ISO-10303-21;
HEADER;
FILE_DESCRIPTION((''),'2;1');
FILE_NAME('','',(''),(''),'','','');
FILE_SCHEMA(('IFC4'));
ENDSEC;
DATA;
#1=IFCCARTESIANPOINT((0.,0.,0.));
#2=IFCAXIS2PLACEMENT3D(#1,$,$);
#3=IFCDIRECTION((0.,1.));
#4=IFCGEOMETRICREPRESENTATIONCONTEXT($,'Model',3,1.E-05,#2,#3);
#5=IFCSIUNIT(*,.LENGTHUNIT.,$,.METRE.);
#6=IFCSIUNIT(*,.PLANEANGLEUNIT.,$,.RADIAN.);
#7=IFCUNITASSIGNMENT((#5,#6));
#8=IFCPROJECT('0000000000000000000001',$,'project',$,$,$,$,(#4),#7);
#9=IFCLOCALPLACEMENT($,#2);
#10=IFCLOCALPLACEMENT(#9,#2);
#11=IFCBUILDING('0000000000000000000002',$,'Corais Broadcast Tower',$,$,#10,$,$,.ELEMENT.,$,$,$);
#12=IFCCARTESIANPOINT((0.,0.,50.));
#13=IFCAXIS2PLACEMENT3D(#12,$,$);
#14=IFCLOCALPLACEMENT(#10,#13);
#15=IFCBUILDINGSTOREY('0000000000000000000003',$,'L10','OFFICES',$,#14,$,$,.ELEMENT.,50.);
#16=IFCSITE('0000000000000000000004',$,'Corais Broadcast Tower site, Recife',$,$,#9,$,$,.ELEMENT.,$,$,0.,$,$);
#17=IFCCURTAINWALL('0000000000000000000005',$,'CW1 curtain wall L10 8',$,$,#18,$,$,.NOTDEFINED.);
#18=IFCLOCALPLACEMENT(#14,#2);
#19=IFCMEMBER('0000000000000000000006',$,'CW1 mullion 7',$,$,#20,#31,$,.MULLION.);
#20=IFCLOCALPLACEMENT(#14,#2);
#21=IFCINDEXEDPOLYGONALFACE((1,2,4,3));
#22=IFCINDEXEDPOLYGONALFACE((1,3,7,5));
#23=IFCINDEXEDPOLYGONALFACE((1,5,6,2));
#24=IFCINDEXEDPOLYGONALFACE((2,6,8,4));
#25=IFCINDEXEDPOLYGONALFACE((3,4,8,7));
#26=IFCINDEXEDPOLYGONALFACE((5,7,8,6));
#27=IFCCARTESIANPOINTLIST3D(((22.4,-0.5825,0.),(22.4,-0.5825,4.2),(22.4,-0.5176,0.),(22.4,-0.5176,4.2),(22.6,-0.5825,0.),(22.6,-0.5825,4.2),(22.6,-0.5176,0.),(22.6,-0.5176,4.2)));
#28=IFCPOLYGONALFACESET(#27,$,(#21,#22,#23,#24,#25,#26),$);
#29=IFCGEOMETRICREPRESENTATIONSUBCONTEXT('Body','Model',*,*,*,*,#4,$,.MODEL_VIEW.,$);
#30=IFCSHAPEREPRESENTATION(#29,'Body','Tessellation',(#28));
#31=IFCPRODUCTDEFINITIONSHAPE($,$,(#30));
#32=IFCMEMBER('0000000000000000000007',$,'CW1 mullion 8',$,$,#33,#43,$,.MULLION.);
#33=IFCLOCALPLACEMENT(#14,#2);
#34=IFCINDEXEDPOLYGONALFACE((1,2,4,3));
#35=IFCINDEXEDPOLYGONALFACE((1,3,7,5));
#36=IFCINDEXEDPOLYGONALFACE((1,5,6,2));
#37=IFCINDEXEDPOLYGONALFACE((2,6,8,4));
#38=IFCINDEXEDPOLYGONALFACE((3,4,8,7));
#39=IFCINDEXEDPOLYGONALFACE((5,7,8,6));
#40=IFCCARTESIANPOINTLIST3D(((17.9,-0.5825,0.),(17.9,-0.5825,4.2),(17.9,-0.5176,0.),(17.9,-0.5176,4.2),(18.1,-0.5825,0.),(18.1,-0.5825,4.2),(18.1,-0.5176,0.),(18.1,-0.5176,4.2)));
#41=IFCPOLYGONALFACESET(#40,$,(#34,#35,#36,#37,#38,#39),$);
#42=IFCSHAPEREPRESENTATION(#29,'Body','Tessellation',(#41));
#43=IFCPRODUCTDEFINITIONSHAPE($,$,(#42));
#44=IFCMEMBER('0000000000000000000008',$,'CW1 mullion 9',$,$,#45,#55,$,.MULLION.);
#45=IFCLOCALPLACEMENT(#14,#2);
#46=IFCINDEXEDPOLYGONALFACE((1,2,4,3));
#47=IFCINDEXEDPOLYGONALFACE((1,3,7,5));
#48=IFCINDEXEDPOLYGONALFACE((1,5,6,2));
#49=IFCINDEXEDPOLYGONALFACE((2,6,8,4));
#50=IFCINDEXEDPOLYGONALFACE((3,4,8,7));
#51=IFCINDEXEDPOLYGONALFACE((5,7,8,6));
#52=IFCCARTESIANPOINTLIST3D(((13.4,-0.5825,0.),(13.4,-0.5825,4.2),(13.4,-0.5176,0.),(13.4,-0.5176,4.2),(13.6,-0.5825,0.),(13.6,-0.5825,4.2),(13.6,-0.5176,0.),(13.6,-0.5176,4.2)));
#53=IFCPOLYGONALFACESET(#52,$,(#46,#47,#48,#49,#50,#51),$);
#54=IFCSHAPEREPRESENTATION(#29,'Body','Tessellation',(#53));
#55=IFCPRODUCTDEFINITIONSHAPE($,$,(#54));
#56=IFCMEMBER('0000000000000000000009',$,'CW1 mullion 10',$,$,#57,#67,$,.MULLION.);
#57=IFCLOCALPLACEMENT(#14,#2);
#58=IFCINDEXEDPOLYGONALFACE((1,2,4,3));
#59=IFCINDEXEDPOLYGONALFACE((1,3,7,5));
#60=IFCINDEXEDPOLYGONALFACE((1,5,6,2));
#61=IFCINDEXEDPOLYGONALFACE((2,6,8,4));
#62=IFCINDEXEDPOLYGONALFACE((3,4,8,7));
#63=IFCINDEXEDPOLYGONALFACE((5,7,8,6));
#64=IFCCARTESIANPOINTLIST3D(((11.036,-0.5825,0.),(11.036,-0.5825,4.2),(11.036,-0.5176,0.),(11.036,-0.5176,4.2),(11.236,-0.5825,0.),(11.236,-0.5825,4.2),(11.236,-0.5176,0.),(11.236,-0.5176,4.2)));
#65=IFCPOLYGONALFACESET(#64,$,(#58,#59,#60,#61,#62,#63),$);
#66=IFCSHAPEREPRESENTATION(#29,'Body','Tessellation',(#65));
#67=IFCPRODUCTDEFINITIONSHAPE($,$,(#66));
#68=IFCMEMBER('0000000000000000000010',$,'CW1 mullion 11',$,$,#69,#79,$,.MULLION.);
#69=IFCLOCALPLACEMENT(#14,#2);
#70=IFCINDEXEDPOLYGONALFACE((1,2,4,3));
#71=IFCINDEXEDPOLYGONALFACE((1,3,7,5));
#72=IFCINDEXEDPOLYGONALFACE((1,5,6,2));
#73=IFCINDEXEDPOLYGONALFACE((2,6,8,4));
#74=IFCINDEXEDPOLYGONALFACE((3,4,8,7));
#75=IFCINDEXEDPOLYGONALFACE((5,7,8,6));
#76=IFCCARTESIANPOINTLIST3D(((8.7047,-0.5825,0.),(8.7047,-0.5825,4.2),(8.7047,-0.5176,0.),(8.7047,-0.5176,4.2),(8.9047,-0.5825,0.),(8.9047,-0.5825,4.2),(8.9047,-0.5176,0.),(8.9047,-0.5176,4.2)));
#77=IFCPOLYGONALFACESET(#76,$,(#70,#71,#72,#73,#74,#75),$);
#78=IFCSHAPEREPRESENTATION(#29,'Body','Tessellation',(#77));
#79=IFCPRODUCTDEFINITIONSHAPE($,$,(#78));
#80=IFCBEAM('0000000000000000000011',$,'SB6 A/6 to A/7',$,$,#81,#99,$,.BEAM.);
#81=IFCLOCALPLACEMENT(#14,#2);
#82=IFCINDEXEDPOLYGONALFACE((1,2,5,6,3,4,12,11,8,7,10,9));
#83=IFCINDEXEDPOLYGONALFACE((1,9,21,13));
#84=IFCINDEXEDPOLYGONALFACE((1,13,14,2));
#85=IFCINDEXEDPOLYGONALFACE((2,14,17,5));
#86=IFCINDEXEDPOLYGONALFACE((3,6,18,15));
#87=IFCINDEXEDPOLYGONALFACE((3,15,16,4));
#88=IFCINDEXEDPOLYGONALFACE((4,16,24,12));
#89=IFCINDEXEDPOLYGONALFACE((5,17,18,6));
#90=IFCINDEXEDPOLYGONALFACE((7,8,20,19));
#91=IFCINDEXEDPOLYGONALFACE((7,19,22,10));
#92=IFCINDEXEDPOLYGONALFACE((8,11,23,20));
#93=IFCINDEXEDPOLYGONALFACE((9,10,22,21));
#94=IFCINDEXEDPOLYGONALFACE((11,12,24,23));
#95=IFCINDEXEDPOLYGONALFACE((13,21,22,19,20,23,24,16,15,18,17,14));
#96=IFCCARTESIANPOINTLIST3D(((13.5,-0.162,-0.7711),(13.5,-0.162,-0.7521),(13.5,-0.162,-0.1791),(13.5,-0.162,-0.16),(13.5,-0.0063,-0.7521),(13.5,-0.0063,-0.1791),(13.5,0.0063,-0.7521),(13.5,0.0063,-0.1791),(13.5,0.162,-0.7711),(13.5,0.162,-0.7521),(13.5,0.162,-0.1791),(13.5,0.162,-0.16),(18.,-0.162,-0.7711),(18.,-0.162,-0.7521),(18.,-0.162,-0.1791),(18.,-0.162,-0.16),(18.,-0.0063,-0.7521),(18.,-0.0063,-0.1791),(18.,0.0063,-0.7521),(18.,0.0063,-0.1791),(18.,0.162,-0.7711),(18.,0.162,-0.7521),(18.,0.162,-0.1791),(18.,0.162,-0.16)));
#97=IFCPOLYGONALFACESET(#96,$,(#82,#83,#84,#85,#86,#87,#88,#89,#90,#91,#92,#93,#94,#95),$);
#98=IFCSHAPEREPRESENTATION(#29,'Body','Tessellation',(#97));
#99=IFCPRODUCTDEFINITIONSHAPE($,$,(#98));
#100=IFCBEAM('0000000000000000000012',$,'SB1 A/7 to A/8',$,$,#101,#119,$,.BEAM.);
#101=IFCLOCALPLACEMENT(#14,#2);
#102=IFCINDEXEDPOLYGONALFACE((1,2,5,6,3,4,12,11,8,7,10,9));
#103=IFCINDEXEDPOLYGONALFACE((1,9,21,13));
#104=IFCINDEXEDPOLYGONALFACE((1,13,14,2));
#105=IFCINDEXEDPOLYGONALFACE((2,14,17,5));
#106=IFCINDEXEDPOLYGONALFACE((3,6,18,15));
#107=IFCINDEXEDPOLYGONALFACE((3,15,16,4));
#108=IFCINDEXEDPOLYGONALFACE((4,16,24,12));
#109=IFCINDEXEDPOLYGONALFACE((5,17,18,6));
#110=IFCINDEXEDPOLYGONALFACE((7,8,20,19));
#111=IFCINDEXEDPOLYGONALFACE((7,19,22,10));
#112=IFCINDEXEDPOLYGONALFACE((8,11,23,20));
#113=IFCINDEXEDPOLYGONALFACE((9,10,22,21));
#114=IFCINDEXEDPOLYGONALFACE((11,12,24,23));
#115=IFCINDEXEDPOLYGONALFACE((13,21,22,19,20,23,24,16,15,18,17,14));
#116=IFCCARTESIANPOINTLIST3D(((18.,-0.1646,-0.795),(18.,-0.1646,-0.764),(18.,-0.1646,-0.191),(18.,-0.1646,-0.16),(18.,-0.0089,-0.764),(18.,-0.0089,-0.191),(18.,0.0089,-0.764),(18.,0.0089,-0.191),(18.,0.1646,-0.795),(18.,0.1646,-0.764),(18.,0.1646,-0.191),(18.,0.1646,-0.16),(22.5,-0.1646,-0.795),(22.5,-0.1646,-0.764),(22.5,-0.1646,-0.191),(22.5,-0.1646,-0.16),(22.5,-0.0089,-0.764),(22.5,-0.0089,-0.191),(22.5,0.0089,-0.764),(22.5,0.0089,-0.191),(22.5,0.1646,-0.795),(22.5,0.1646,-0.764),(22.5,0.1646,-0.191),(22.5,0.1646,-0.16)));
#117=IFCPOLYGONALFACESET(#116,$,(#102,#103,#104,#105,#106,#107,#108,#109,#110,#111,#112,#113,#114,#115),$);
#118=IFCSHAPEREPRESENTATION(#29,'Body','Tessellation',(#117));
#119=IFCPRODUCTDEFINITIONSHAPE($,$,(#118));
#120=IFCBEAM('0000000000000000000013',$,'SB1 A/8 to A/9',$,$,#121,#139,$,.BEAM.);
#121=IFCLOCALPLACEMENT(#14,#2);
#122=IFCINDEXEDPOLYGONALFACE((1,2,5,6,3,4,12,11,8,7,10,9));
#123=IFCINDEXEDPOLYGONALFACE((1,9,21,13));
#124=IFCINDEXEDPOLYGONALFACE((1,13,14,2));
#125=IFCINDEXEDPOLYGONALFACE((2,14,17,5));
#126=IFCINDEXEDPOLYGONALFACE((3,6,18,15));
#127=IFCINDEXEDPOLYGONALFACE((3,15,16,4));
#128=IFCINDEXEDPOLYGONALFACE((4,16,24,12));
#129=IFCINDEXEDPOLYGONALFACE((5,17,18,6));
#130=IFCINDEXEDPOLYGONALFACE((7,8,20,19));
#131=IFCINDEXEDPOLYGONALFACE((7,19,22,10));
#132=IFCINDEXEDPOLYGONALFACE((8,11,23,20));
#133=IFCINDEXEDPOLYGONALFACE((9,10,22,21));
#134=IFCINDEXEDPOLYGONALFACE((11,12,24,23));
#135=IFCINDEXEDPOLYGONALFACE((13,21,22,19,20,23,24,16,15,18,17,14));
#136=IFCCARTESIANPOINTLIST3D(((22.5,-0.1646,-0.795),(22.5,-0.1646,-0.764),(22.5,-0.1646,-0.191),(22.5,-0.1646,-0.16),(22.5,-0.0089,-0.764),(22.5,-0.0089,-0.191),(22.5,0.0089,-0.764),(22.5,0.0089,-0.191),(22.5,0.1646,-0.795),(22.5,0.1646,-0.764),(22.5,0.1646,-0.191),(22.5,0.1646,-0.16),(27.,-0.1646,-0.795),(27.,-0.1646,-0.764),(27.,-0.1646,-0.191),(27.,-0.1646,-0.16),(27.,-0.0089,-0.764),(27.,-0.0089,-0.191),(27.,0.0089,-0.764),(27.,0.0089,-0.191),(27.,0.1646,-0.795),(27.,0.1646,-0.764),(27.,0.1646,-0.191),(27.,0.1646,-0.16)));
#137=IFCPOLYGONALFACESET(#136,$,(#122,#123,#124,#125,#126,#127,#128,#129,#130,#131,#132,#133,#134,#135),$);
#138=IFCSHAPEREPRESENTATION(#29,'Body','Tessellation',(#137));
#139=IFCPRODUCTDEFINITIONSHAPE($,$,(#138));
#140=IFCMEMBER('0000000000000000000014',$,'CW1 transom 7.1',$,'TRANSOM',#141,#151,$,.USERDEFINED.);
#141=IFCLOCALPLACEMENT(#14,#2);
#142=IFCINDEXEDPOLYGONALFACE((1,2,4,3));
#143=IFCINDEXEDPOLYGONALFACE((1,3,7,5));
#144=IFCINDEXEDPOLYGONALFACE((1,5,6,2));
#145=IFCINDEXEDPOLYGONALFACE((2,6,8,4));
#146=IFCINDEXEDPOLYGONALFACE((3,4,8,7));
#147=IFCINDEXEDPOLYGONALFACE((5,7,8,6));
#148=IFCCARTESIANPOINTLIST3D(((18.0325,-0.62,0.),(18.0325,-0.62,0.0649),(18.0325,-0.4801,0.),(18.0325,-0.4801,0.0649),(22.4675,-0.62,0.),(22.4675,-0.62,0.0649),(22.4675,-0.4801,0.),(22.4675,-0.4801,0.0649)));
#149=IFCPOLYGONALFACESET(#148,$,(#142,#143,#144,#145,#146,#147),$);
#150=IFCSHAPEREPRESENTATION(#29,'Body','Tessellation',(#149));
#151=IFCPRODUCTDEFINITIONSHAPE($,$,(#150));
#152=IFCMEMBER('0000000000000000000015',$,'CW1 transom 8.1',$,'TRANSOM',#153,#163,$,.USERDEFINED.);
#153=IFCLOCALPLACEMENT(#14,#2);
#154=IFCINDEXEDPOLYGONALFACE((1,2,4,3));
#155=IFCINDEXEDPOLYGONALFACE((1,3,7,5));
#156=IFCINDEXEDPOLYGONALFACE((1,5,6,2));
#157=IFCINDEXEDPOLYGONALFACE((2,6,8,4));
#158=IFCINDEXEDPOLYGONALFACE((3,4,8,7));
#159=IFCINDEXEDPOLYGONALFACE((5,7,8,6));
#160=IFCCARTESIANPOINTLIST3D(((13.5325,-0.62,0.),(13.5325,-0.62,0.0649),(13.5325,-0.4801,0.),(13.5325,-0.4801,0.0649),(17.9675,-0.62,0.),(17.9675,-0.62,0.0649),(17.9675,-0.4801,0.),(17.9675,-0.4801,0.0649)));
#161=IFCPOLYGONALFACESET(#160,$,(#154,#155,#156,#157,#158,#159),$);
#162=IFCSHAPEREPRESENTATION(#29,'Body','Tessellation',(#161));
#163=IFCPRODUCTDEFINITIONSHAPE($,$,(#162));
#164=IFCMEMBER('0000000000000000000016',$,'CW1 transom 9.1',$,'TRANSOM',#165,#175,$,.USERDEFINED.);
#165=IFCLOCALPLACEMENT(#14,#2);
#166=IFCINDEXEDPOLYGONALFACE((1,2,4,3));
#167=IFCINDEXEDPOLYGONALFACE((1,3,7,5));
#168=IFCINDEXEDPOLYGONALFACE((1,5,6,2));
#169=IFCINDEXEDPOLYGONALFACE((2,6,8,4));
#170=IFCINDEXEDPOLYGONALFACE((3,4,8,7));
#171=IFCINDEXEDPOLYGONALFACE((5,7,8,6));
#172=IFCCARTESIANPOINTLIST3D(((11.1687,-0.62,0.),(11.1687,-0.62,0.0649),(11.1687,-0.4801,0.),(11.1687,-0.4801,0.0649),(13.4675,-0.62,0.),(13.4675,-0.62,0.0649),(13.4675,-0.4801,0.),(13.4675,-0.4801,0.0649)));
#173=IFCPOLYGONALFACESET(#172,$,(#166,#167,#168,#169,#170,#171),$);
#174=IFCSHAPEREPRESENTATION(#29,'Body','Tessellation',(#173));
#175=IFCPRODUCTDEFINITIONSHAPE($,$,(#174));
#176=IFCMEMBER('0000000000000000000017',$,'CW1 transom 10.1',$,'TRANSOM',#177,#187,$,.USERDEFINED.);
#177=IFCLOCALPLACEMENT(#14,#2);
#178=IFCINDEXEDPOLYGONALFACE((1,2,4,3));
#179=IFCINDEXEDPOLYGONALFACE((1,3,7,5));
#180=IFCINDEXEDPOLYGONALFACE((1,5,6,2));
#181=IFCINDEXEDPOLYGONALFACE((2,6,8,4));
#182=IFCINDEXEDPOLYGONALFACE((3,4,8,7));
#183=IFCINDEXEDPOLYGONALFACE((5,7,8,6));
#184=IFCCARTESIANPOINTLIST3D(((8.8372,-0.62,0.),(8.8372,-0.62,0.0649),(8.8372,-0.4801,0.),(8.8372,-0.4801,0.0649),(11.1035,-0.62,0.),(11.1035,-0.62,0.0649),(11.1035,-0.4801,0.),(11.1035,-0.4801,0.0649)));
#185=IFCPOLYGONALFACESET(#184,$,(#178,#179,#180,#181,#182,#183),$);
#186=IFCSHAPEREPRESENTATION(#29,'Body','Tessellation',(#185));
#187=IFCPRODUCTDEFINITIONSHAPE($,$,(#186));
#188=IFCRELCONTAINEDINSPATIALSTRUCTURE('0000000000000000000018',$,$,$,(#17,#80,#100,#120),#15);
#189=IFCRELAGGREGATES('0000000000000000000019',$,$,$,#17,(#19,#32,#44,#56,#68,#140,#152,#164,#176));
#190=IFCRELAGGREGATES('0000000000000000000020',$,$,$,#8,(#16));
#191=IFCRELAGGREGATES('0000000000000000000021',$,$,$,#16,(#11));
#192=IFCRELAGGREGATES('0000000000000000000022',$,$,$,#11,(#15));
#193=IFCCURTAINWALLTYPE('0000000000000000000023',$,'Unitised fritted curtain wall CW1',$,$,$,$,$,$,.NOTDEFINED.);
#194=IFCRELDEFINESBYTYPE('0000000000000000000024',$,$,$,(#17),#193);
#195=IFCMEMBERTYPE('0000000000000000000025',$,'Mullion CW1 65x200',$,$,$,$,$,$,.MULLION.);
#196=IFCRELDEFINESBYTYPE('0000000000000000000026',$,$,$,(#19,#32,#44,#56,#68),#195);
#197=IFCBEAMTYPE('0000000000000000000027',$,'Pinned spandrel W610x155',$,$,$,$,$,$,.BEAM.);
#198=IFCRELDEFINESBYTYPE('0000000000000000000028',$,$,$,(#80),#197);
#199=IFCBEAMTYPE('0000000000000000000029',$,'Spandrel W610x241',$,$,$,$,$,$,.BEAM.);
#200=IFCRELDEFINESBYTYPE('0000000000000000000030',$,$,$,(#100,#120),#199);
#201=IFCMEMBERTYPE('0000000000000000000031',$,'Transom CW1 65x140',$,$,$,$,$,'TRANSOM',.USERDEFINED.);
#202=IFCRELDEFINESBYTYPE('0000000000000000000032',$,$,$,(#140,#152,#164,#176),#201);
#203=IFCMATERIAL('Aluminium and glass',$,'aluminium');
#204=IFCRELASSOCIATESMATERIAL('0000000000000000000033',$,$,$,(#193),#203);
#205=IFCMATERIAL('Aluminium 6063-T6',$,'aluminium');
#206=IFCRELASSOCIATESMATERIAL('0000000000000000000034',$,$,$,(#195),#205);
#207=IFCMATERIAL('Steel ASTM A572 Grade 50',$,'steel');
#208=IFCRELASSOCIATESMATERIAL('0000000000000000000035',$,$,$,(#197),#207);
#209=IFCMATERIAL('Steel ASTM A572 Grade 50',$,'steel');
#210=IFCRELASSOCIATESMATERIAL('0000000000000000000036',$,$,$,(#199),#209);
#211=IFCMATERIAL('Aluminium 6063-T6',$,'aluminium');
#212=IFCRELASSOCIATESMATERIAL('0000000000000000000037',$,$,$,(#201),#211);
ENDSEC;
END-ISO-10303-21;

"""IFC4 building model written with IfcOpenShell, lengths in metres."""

from ifc_helpers import new_model, si_unit, direction, frame, origin, origin_2d, place, context, subcontext, project, spatial, rectangle, i_section, extrude, material, material_profile, profile_set, type_object, element, aggregate, save


model = new_model("IFC4")

# Units and contexts
model_context = context("Model", 3, precision=1e-05, world=origin(), true_north=direction((0.0, 1.0)))
body_context = subcontext(model_context, "Body", "Model", "MODEL_VIEW")
ifc_project = project(units=[si_unit("LENGTHUNIT", "METRE"), si_unit("PLANEANGLEUNIT", "RADIAN")], contexts=[model_context])

# Site, building, storey
site_placement = place(None, origin())
site = spatial("IfcSite", under=ifc_project, at=site_placement, Name="Corais Broadcast Tower site, Recife", CompositionType="ELEMENT", RefElevation=0.0)
building_placement = place(site_placement, origin())
building = spatial("IfcBuilding", under=site, at=building_placement, Name="Corais Broadcast Tower", CompositionType="ELEMENT")
storey_placement = place(building_placement, frame((0.0, 0.0, 50.0)))
storey = spatial("IfcBuildingStorey", under=building, at=storey_placement, Name="L10", Description="OFFICES", CompositionType="ELEMENT", Elevation=50.0)

# Curtain wall, members
ifc_material_1 = material(Name="Aluminium and glass", Category="aluminium")
curtain_wall_type = type_object("IfcCurtainWallType", Name="Unitised fritted curtain wall CW1", PredefinedType="NOTDEFINED", material=ifc_material_1)
curtain_wall_placement = place(storey_placement, origin())
curtain_wall = element("IfcCurtainWall", 1, at=curtain_wall_placement, inside=storey, type_object=curtain_wall_type, Name="CW1 curtain wall L10 8", PredefinedType="NOTDEFINED")
ifc_material_2 = material(Name="Aluminium 6063-T6", Category="aluminium")
ifc_material_profile_1 = material_profile(ifc_material_2, rectangle(XDim=0.0649, YDim=0.2, at=origin_2d()), Name="Mullion CW1 65x200")
ifc_profile_set_1 = profile_set([ifc_material_profile_1], Name="Aluminium 6063-T6")
member_type_1 = type_object("IfcMemberType", Name="Mullion CW1 65x200", PredefinedType="MULLION", material=ifc_profile_set_1)
member_1_placement = place(storey_placement, frame((22.5, -0.55, 0.0), z_axis=(0.0, 0.0, 1.0), x_axis=(0.0, -1.0, 0.0)))
member_1 = element("IfcMember", 2, at=member_1_placement, type_object=member_type_1, Name="CW1 mullion 7", PredefinedType="MULLION", context=body_context, shape_type="SweptSolid", body=[
    extrude(rectangle(XDim=0.0649, YDim=0.2, at=origin_2d()), origin(), (0.0, 0.0, 1.0), 4.2),
])
member_2_placement = place(storey_placement, frame((18.0, -0.55, 0.0), z_axis=(0.0, 0.0, 1.0), x_axis=(0.0, -1.0, 0.0)))
member_2 = element("IfcMember", 3, at=member_2_placement, type_object=member_type_1, Name="CW1 mullion 8", PredefinedType="MULLION", context=body_context, shape_type="SweptSolid", body=[
    extrude(rectangle(XDim=0.0649, YDim=0.2, at=origin_2d()), origin(), (0.0, 0.0, 1.0), 4.2),
])
member_3_placement = place(storey_placement, frame((13.5, -0.55, 0.0), z_axis=(0.0, 0.0, 1.0), x_axis=(0.0, -1.0, 0.0)))
member_3 = element("IfcMember", 4, at=member_3_placement, type_object=member_type_1, Name="CW1 mullion 9", PredefinedType="MULLION", context=body_context, shape_type="SweptSolid", body=[
    extrude(rectangle(XDim=0.0649, YDim=0.2, at=origin_2d()), origin(), (0.0, 0.0, 1.0), 4.2),
])
member_4_placement = place(storey_placement, frame((11.136, -0.55, 0.0), z_axis=(0.0, 0.0, 1.0), x_axis=(0.0, -1.0, 0.0)))
member_4 = element("IfcMember", 5, at=member_4_placement, type_object=member_type_1, Name="CW1 mullion 10", PredefinedType="MULLION", context=body_context, shape_type="SweptSolid", body=[
    extrude(rectangle(XDim=0.0649, YDim=0.2, at=origin_2d()), origin(), (0.0, 0.0, 1.0), 4.2),
])
member_5_placement = place(storey_placement, frame((8.8047, -0.55, 0.0), z_axis=(0.0, 0.0, 1.0), x_axis=(0.0, -1.0, 0.0)))
member_5 = element("IfcMember", 6, at=member_5_placement, type_object=member_type_1, Name="CW1 mullion 11", PredefinedType="MULLION", context=body_context, shape_type="SweptSolid", body=[
    extrude(rectangle(XDim=0.0649, YDim=0.2, at=origin_2d()), origin(), (0.0, 0.0, 1.0), 4.2),
])

# Beams
ifc_material_3 = material(Name="Steel ASTM A572 Grade 50", Category="steel")
ifc_material_profile_2 = material_profile(ifc_material_3, i_section(OverallWidth=0.324, OverallDepth=0.6111, WebThickness=0.0127, FlangeThickness=0.019, at=origin_2d()), Name="W610x155")
ifc_profile_set_2 = profile_set([ifc_material_profile_2], Name="Steel ASTM A572 Grade 50")
beam_type_1 = type_object("IfcBeamType", Name="Pinned spandrel W610x155", PredefinedType="BEAM", material=ifc_profile_set_2)
beam_1_placement = place(storey_placement, frame((13.5, 0.0, -0.4656), z_axis=(1.0, 0.0, 0.0), x_axis=(0.0, 1.0, 0.0)))
element("IfcBeam", 7, at=beam_1_placement, inside=storey, type_object=beam_type_1, Name="SB6 A/6 to A/7", PredefinedType="BEAM", context=body_context, shape_type="SweptSolid", body=[
    extrude(i_section(OverallWidth=0.324, OverallDepth=0.6111, WebThickness=0.0127, FlangeThickness=0.019, at=origin_2d()), origin(), (0.0, 0.0, 1.0), 4.5),
])
ifc_material_4 = material(Name="Steel ASTM A572 Grade 50", Category="steel")
ifc_material_profile_3 = material_profile(ifc_material_4, i_section(OverallWidth=0.3291, OverallDepth=0.635, WebThickness=0.0178, FlangeThickness=0.031, at=origin_2d()), Name="W610x241")
ifc_profile_set_3 = profile_set([ifc_material_profile_3], Name="Steel ASTM A572 Grade 50")
beam_type_2 = type_object("IfcBeamType", Name="Spandrel W610x241", PredefinedType="BEAM", material=ifc_profile_set_3)
for number, where, z_axis, x_axis, name in (
    (8, (18.0, 0.0, -0.4775), (1.0, 0.0, 0.0), (0.0, 1.0, 0.0), "SB1 A/7 to A/8"),
    (9, (22.5, 0.0, -0.4775), (1.0, 0.0, 0.0), (0.0, 1.0, 0.0), "SB1 A/8 to A/9"),
):
    element("IfcBeam", number, at=place(storey_placement, frame(where, z_axis=z_axis, x_axis=x_axis)), inside=storey, type_object=beam_type_2, Name=name, PredefinedType="BEAM", context=body_context, shape_type="SweptSolid", body=[
        extrude(i_section(OverallWidth=0.3291, OverallDepth=0.635, WebThickness=0.0178, FlangeThickness=0.031, at=origin_2d()), origin(), (0.0, 0.0, 1.0), 4.5),
    ])

# Members
ifc_material_5 = material(Name="Aluminium 6063-T6", Category="aluminium")
ifc_material_profile_4 = material_profile(ifc_material_5, rectangle(XDim=0.1399, YDim=0.0649, at=origin_2d()), Name="Transom CW1 65x140")
ifc_profile_set_4 = profile_set([ifc_material_profile_4], Name="Aluminium 6063-T6")
member_type_2 = type_object("IfcMemberType", Name="Transom CW1 65x140", ElementType="TRANSOM", PredefinedType="USERDEFINED", material=ifc_profile_set_4)
member_6_placement = place(storey_placement, frame((22.4675, -0.55, 0.0325), z_axis=(-1.0, 0.0, 0.0), x_axis=(0.0, -1.0, 0.0)))
member_6 = element("IfcMember", 10, at=member_6_placement, type_object=member_type_2, Name="CW1 transom 7.1", ObjectType="TRANSOM", PredefinedType="USERDEFINED", context=body_context, shape_type="SweptSolid", body=[
    extrude(rectangle(XDim=0.1399, YDim=0.0649, at=origin_2d()), origin(), (0.0, 0.0, 1.0), 4.4351),
])
member_7_placement = place(storey_placement, frame((17.9675, -0.55, 0.0325), z_axis=(-1.0, 0.0, 0.0), x_axis=(0.0, -1.0, 0.0)))
member_7 = element("IfcMember", 11, at=member_7_placement, type_object=member_type_2, Name="CW1 transom 8.1", ObjectType="TRANSOM", PredefinedType="USERDEFINED", context=body_context, shape_type="SweptSolid", body=[
    extrude(rectangle(XDim=0.1399, YDim=0.0649, at=origin_2d()), origin(), (0.0, 0.0, 1.0), 4.4351),
])
member_8_placement = place(storey_placement, frame((13.4675, -0.55, 0.0325), z_axis=(-1.0, 0.0, 0.0), x_axis=(0.0, -1.0, 0.0)))
member_8 = element("IfcMember", 12, at=member_8_placement, type_object=member_type_2, Name="CW1 transom 9.1", ObjectType="TRANSOM", PredefinedType="USERDEFINED", context=body_context, shape_type="SweptSolid", body=[
    extrude(rectangle(XDim=0.1399, YDim=0.0649, at=origin_2d()), origin(), (0.0, 0.0, 1.0), 2.2988),
])
member_9_placement = place(storey_placement, frame((11.1035, -0.55, 0.0325), z_axis=(-1.0, 0.0, 0.0), x_axis=(0.0, -1.0, 0.0)))
member_9 = element("IfcMember", 13, at=member_9_placement, type_object=member_type_2, Name="CW1 transom 10.1", ObjectType="TRANSOM", PredefinedType="USERDEFINED", context=body_context, shape_type="SweptSolid", body=[
    extrude(rectangle(XDim=0.1399, YDim=0.0649, at=origin_2d()), origin(), (0.0, 0.0, 1.0), 2.2664),
])

aggregate(curtain_wall, [member_1, member_2, member_3, member_4, member_5, member_6, member_7, member_8, member_9])

save(model, "model.ifc")
